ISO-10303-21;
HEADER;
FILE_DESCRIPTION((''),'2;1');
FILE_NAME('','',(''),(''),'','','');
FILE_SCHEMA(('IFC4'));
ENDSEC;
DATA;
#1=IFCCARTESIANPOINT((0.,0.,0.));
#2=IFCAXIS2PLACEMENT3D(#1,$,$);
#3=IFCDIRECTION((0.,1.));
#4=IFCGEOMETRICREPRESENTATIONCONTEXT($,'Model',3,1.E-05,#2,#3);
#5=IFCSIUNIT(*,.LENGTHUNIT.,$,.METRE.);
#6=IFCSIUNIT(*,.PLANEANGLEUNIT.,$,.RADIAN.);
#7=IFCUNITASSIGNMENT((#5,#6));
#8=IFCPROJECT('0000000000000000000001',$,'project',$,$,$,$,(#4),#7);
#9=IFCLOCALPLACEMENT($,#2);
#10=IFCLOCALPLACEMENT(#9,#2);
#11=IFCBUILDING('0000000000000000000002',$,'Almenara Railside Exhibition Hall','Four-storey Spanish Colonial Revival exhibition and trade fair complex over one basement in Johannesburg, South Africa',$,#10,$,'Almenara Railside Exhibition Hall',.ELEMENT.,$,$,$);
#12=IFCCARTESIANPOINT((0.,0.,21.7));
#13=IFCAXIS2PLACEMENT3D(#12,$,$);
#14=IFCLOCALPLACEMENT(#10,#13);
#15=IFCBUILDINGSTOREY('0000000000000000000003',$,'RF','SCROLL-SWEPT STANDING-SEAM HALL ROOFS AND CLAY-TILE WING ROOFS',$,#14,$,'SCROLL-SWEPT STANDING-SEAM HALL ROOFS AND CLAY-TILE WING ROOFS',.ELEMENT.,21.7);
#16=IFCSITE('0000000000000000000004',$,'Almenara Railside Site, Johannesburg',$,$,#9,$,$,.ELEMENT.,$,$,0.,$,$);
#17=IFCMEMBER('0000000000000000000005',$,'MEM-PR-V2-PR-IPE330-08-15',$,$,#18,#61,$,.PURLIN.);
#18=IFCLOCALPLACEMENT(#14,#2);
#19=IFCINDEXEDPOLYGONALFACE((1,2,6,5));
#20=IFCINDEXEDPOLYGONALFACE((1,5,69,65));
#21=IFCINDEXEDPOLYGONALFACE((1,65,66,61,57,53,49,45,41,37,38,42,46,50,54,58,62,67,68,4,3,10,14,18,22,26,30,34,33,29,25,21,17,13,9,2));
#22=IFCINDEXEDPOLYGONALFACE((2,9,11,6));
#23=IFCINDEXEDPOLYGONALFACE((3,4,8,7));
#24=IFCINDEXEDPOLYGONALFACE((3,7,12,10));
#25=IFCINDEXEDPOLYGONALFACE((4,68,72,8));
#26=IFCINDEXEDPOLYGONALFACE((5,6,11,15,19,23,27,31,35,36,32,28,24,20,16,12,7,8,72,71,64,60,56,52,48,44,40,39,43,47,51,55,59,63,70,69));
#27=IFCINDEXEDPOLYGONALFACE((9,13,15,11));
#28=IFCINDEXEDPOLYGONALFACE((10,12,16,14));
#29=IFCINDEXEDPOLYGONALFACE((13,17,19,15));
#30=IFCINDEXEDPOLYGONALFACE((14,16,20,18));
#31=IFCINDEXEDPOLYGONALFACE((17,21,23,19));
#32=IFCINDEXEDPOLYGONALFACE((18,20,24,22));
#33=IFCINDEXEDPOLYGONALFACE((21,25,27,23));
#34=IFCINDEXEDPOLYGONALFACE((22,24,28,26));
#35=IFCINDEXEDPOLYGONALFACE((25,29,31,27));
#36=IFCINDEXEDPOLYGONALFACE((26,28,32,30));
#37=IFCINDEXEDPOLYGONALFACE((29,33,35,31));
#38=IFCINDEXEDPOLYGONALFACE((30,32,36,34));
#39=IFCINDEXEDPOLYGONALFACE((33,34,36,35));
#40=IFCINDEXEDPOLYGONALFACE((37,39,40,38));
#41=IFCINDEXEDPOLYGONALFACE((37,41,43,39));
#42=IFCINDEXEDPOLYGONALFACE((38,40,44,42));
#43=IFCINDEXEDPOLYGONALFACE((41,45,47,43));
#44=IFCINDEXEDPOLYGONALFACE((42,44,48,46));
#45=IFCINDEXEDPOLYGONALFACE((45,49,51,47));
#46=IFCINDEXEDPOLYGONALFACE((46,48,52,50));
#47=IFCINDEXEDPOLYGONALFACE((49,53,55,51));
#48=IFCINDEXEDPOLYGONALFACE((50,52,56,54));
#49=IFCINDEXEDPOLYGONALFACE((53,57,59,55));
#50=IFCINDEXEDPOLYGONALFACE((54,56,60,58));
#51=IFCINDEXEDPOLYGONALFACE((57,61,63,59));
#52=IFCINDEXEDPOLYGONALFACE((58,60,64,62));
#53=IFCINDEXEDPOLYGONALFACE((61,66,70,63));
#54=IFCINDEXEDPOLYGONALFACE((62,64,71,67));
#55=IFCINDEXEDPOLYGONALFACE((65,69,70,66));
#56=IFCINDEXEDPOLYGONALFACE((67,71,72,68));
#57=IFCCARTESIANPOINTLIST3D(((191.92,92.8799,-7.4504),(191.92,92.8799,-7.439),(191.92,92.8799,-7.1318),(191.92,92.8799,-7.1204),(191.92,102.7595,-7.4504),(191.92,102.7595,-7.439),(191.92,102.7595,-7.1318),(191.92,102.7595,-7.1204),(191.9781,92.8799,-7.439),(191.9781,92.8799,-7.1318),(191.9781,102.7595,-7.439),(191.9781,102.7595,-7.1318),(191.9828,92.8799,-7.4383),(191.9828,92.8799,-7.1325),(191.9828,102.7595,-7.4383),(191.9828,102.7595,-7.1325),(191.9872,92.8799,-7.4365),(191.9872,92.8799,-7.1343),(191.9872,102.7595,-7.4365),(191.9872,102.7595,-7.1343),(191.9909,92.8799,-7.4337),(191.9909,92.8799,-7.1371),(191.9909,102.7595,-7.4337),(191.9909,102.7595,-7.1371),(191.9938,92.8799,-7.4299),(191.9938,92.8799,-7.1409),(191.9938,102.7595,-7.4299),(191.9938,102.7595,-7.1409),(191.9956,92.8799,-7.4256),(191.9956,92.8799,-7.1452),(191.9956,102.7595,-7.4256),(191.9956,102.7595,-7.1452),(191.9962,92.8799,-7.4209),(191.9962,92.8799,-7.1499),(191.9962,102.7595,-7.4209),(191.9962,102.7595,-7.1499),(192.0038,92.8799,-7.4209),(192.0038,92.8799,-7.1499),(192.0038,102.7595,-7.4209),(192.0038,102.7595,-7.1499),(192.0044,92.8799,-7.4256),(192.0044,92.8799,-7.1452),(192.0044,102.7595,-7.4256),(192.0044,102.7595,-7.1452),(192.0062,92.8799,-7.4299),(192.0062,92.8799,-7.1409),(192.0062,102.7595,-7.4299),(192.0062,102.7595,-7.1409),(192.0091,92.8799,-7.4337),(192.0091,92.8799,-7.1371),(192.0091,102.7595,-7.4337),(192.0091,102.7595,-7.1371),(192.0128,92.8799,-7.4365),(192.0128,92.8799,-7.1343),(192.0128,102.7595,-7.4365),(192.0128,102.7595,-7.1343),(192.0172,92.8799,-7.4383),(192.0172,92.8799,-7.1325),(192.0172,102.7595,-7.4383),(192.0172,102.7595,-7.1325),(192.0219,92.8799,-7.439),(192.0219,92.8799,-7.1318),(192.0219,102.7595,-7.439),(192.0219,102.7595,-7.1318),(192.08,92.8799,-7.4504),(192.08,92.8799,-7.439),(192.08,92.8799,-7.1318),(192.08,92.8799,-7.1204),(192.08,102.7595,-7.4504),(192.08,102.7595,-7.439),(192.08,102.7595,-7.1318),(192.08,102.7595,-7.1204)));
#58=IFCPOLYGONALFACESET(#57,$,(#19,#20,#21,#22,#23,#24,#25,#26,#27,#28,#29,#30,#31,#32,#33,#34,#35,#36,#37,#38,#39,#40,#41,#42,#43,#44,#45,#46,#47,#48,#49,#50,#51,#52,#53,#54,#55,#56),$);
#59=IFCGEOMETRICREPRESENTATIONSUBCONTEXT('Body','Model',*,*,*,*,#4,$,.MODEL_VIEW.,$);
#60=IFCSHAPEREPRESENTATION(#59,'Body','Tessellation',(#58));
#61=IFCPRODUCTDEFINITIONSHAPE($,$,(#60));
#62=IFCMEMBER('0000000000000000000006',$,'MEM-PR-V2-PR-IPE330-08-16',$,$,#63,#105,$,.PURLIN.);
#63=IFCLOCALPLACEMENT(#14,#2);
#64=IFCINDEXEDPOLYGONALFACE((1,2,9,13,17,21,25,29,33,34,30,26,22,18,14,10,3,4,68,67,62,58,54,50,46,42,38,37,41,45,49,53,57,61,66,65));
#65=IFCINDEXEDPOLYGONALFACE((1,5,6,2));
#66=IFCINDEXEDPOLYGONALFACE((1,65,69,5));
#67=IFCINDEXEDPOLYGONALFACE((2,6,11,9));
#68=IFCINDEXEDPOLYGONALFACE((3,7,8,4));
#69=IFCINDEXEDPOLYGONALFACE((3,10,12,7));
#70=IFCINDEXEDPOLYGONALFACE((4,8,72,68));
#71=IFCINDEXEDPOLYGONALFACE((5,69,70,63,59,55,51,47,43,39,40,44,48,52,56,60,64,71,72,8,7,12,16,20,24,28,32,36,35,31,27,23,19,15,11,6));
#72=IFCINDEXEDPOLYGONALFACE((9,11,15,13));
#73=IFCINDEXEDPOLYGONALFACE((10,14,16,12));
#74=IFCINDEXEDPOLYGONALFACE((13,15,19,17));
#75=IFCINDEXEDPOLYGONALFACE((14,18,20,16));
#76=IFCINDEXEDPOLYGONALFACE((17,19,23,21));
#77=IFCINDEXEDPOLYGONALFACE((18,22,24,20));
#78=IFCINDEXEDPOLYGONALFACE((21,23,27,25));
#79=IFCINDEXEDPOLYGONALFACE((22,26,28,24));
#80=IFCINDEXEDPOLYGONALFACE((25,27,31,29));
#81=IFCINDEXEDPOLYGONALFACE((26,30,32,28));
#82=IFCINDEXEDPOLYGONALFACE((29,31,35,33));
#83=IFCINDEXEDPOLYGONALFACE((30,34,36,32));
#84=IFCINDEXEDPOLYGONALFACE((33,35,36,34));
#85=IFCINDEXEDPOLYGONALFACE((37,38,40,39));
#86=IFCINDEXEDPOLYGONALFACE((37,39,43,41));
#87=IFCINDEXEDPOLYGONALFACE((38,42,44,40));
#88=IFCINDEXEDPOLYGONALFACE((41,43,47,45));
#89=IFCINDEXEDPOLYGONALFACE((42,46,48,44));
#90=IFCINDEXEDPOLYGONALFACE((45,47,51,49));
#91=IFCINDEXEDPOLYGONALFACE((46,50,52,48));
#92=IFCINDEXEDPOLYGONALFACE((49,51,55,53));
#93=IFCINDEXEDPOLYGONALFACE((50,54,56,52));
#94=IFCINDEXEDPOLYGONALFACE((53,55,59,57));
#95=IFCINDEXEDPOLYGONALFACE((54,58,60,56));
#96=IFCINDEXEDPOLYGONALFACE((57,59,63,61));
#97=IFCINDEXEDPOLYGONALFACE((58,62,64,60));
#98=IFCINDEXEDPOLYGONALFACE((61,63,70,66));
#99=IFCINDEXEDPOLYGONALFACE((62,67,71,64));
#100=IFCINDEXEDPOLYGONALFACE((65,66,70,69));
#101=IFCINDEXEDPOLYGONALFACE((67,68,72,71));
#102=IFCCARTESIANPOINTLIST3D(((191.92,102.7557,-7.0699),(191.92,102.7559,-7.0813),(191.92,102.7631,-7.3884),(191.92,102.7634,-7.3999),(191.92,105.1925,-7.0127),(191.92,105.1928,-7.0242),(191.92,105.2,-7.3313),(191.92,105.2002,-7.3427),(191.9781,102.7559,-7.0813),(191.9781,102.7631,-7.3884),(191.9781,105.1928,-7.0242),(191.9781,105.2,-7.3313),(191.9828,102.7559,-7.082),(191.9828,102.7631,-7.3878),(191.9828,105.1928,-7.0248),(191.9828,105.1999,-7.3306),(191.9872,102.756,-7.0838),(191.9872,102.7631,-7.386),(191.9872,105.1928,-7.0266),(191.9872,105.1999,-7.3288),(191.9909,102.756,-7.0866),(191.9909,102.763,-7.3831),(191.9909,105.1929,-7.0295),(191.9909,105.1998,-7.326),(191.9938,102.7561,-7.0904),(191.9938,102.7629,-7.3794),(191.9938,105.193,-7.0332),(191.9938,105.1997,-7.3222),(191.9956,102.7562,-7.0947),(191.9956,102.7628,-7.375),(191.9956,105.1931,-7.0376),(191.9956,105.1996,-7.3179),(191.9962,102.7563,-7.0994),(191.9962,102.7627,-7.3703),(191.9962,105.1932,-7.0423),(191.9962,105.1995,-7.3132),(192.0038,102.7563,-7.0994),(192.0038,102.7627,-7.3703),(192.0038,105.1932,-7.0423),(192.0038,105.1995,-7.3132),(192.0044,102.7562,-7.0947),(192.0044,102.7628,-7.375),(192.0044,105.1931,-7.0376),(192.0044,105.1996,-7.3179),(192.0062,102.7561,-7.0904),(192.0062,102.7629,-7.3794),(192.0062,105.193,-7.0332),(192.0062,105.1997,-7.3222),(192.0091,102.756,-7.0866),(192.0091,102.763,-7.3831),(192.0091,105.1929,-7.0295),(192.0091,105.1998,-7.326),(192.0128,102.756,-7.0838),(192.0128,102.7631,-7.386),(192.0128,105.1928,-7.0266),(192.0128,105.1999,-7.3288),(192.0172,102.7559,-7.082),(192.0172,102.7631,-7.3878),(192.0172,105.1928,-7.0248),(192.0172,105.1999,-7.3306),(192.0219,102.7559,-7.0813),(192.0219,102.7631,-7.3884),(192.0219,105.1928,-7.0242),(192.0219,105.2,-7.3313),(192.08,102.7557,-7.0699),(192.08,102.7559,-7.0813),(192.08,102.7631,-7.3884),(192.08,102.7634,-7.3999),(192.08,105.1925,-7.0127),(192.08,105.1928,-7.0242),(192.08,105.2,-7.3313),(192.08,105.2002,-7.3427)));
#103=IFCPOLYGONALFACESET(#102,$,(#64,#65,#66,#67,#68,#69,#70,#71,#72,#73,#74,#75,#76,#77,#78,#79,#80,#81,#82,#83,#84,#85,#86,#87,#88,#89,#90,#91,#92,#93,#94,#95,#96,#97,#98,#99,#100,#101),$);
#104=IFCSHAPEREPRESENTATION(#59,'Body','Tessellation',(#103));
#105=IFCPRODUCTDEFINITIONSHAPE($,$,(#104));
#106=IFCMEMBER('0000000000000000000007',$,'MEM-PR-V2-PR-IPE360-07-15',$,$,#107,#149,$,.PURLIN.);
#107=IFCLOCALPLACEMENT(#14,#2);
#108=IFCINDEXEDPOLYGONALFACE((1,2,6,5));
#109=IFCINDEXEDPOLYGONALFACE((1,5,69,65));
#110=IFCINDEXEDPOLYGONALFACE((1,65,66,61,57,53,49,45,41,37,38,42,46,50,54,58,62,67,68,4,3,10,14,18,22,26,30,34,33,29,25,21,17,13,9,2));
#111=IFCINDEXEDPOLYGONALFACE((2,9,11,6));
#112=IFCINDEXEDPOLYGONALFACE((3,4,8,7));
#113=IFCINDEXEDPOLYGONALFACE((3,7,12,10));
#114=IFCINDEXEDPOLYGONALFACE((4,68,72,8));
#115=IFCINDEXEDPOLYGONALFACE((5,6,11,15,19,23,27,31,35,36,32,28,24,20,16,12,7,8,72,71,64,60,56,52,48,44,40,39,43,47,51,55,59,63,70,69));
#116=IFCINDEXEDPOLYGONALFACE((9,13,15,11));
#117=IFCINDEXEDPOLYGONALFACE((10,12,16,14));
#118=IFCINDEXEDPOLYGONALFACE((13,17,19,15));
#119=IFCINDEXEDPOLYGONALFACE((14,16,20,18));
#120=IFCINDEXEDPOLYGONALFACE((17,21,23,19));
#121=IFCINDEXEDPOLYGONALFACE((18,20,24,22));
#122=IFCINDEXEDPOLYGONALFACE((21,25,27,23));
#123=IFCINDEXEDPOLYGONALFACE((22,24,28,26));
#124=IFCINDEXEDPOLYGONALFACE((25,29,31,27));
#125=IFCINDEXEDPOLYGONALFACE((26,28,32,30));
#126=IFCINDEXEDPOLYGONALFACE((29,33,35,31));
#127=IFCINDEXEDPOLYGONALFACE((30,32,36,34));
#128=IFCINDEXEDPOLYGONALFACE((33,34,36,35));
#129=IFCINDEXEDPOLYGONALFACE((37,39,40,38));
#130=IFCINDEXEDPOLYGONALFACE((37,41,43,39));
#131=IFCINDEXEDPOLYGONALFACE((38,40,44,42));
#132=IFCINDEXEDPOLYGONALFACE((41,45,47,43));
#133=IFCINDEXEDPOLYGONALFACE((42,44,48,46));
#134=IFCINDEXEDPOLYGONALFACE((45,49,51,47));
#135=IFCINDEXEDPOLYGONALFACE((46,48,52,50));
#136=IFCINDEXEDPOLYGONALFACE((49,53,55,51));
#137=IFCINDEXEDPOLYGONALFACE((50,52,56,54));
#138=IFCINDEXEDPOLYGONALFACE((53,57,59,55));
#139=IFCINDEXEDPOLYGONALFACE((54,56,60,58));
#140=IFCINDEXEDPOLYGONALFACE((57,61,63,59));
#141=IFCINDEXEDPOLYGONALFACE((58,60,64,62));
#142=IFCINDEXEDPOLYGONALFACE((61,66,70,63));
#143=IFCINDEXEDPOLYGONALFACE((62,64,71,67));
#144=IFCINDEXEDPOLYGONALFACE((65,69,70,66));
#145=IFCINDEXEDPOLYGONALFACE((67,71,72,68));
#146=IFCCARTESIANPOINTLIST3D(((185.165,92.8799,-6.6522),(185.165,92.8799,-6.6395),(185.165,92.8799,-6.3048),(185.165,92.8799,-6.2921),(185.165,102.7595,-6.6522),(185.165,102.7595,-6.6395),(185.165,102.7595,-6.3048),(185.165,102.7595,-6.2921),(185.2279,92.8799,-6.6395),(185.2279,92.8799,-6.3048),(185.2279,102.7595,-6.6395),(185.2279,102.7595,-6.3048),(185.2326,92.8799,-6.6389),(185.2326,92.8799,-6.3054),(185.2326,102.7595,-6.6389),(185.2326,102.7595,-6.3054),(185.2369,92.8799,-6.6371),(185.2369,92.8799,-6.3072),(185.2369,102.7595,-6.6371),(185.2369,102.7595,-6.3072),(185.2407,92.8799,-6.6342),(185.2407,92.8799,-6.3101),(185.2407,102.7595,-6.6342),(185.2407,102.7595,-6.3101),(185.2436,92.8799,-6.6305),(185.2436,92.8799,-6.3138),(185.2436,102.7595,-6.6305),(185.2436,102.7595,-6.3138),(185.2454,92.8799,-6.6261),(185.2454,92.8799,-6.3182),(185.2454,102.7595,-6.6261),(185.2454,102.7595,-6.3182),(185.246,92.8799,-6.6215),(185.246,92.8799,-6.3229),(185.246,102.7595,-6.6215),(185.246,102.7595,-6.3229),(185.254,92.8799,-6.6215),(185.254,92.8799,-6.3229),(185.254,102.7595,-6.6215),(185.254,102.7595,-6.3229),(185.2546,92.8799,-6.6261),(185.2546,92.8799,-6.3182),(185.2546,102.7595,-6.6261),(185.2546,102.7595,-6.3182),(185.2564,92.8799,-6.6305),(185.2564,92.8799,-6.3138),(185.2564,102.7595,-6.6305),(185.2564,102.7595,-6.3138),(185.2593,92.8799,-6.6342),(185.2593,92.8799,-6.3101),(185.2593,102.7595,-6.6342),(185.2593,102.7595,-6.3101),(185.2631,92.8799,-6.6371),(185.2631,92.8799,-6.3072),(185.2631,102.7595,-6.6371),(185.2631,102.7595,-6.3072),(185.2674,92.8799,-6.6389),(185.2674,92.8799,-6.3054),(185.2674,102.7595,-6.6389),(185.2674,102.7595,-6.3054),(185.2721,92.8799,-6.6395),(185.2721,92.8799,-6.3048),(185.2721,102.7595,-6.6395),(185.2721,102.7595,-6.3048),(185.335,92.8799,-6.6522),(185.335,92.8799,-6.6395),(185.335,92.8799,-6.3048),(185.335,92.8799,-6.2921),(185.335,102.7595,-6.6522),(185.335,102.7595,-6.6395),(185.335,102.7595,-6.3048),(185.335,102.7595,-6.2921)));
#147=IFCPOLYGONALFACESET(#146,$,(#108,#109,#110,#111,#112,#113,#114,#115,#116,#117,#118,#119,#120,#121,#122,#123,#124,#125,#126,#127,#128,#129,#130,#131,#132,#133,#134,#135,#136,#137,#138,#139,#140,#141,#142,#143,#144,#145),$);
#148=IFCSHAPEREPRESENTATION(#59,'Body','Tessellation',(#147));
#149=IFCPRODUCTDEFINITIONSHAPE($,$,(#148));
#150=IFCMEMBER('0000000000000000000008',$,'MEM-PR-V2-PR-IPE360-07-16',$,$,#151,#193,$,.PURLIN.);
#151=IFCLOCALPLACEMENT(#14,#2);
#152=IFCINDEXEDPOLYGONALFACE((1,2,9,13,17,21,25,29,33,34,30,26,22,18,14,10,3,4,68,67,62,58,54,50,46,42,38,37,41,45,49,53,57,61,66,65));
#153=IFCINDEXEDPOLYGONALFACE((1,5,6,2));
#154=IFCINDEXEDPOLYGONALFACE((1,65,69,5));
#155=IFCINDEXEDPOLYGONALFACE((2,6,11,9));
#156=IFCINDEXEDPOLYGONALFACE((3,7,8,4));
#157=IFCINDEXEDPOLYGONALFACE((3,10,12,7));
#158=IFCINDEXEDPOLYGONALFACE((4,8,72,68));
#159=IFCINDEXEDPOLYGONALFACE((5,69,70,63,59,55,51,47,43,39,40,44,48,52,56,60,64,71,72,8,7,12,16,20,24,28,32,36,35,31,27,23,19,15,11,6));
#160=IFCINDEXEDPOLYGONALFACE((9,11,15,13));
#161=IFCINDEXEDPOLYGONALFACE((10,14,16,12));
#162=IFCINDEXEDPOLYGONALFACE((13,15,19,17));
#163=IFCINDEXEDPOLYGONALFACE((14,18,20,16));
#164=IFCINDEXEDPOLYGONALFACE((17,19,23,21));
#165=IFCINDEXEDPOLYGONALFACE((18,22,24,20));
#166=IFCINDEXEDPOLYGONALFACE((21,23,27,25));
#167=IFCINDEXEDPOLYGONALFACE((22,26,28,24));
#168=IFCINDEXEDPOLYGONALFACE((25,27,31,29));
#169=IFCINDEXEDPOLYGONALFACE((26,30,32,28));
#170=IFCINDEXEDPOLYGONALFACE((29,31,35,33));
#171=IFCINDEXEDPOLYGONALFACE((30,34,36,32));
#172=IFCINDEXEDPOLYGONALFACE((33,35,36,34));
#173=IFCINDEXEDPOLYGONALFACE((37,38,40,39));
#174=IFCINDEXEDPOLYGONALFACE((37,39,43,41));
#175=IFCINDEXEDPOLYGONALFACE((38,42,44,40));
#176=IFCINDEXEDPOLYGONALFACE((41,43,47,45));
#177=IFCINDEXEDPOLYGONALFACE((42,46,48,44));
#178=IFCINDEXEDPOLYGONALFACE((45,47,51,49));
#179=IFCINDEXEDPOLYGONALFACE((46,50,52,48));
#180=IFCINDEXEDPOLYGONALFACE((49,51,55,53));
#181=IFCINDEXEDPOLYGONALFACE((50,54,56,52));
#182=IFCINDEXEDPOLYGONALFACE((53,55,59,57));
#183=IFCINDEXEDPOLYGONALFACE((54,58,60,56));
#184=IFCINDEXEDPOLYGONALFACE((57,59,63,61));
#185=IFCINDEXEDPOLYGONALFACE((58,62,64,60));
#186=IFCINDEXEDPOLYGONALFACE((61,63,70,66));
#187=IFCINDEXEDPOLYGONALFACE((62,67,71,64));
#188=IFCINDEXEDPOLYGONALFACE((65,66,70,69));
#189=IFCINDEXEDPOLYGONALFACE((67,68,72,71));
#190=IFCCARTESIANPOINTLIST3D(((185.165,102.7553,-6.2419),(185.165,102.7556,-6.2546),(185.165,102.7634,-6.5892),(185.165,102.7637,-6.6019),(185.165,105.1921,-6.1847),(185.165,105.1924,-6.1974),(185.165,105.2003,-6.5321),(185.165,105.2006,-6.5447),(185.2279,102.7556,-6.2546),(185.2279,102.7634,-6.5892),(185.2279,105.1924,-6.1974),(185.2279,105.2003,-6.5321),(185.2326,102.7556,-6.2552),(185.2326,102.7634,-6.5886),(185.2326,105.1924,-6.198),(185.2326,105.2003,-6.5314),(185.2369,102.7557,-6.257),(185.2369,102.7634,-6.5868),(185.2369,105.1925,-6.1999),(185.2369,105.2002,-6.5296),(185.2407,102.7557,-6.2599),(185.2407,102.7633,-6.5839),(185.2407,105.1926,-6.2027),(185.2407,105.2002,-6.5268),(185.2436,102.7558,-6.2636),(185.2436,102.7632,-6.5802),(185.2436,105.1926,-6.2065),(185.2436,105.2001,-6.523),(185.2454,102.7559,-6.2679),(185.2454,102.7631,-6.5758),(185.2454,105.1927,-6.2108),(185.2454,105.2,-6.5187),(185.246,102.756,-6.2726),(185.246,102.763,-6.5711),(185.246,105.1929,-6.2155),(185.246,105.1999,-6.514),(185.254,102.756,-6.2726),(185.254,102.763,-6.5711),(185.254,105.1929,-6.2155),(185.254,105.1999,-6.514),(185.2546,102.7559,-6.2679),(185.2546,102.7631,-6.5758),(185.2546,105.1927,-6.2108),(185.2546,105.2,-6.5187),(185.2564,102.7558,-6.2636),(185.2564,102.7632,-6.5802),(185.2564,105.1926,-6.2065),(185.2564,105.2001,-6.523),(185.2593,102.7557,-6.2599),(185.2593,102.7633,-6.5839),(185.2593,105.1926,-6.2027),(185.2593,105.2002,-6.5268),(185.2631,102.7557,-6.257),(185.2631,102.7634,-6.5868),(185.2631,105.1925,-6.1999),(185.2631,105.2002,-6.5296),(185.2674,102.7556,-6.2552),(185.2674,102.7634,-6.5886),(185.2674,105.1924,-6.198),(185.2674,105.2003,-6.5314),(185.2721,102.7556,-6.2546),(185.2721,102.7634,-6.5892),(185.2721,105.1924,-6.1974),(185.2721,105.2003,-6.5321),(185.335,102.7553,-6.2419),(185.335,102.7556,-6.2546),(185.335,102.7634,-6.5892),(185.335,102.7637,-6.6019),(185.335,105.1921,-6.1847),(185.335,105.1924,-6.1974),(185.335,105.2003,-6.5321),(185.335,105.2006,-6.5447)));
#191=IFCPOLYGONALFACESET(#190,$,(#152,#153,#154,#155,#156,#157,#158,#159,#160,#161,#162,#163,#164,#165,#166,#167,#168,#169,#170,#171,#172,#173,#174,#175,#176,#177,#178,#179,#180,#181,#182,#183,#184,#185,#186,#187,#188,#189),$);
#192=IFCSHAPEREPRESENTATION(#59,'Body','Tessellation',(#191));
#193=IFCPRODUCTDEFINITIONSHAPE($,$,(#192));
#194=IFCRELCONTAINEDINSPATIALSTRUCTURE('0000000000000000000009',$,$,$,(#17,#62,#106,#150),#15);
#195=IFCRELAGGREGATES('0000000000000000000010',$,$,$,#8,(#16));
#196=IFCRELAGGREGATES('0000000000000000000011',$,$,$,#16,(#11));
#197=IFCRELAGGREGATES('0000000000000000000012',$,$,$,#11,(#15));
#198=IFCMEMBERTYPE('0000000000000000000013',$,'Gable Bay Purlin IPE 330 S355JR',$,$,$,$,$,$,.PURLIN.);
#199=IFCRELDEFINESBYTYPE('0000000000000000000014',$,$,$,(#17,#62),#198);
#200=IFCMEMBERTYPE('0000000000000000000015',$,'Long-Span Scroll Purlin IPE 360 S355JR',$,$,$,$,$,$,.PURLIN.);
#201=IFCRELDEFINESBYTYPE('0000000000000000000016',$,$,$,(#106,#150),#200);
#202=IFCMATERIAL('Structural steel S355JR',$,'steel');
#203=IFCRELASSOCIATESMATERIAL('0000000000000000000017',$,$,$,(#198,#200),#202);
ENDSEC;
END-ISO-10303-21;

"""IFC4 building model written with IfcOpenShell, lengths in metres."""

from ifc_helpers import new_model, si_unit, direction, frame, origin, origin_2d, place, context, subcontext, project, spatial, i_section, extrude, material, material_profile, profile_set, type_object, element, save


model = new_model("IFC4")

# Units and contexts
model_context = context("Model", 3, precision=1e-05, world=origin(), true_north=direction((0.0, 1.0)))
body_context = subcontext(model_context, "Body", "Model", "MODEL_VIEW")
ifc_project = project(units=[si_unit("LENGTHUNIT", "METRE"), si_unit("PLANEANGLEUNIT", "RADIAN")], contexts=[model_context])

# Site, building, storey
site_placement = place(None, origin())
site = spatial("IfcSite", under=ifc_project, at=site_placement, Name="Almenara Railside Site, Johannesburg", CompositionType="ELEMENT", RefElevation=0.0)
building_placement = place(site_placement, origin())
building = spatial("IfcBuilding", under=site, at=building_placement, Name="Almenara Railside Exhibition Hall", Description="Four-storey Spanish Colonial Revival exhibition and trade fair complex over one basement in Johannesburg, South Africa", LongName="Almenara Railside Exhibition Hall", CompositionType="ELEMENT")
storey_placement = place(building_placement, frame((0.0, 0.0, 21.7)))
storey = spatial("IfcBuildingStorey", under=building, at=storey_placement, Name="RF", Description="SCROLL-SWEPT STANDING-SEAM HALL ROOFS AND CLAY-TILE WING ROOFS", LongName="SCROLL-SWEPT STANDING-SEAM HALL ROOFS AND CLAY-TILE WING ROOFS", CompositionType="ELEMENT", Elevation=21.7)

# Members
ifc_material_1 = material(Name="Structural steel S355JR", Category="steel")
ifc_material_profile_1 = material_profile(ifc_material_1, i_section(OverallWidth=0.1599, OverallDepth=0.3301, WebThickness=0.0076, FlangeThickness=0.0115, FilletRadius=0.0181, at=origin_2d()), Name="IPE 330")
ifc_profile_set_1 = profile_set([ifc_material_profile_1], Name="Structural steel S355JR")
member_type_1 = type_object("IfcMemberType", Name="Gable Bay Purlin IPE 330 S355JR", PredefinedType="PURLIN", material=ifc_profile_set_1)
member_1_placement = place(storey_placement, frame((192.0, 92.8799, -7.2854), z_axis=(0.0, 1.0, 0.0), x_axis=(-1.0, 0.0, 0.0)))
element("IfcMember", 1, at=member_1_placement, inside=storey, type_object=member_type_1, Name="MEM-PR-V2-PR-IPE330-08-15", PredefinedType="PURLIN", context=body_context, shape_type="SweptSolid", body=[
    extrude(i_section(OverallWidth=0.1599, OverallDepth=0.3301, WebThickness=0.0076, FlangeThickness=0.0115, FilletRadius=0.0181, at=origin_2d()), origin(), (0.0, 0.0, 1.0), 9.8796),
])
member_2_placement = place(storey_placement, frame((192.0, 102.7595, -7.2349), z_axis=(0.0, 0.999725, 0.023438), x_axis=(-1.0, 0.0, 0.0)))
element("IfcMember", 2, at=member_2_placement, inside=storey, type_object=member_type_1, Name="MEM-PR-V2-PR-IPE330-08-16", PredefinedType="PURLIN", context=body_context, shape_type="SweptSolid", body=[
    extrude(i_section(OverallWidth=0.1599, OverallDepth=0.3301, WebThickness=0.0076, FlangeThickness=0.0115, FilletRadius=0.0181, at=origin_2d()), origin(), (0.0, 0.0, 1.0), 2.4375),
])
ifc_material_profile_2 = material_profile(ifc_material_1, i_section(OverallWidth=0.1699, OverallDepth=0.3601, WebThickness=0.0081, FlangeThickness=0.0127, FilletRadius=0.0181, at=origin_2d()), Name="IPE 360")
ifc_profile_set_2 = profile_set([ifc_material_profile_2], Name="Structural steel S355JR")
member_type_2 = type_object("IfcMemberType", Name="Long-Span Scroll Purlin IPE 360 S355JR", PredefinedType="PURLIN", material=ifc_profile_set_2)
member_3_placement = place(storey_placement, frame((185.25, 92.8799, -6.4722), z_axis=(0.0, 1.0, 0.0), x_axis=(-1.0, 0.0, 0.0)))
element("IfcMember", 3, at=member_3_placement, inside=storey, type_object=member_type_2, Name="MEM-PR-V2-PR-IPE360-07-15", PredefinedType="PURLIN", context=body_context, shape_type="SweptSolid", body=[
    extrude(i_section(OverallWidth=0.1699, OverallDepth=0.3601, WebThickness=0.0081, FlangeThickness=0.0127, FilletRadius=0.0181, at=origin_2d()), origin(), (0.0, 0.0, 1.0), 9.8796),
])
member_4_placement = place(storey_placement, frame((185.25, 102.7595, -6.4219), z_axis=(0.0, 0.999725, 0.023438), x_axis=(-1.0, 0.0, 0.0)))
element("IfcMember", 4, at=member_4_placement, inside=storey, type_object=member_type_2, Name="MEM-PR-V2-PR-IPE360-07-16", PredefinedType="PURLIN", context=body_context, shape_type="SweptSolid", body=[
    extrude(i_section(OverallWidth=0.1699, OverallDepth=0.3601, WebThickness=0.0081, FlangeThickness=0.0127, FilletRadius=0.0181, at=origin_2d()), origin(), (0.0, 0.0, 1.0), 2.4375),
])

save(model, "model.ifc")
